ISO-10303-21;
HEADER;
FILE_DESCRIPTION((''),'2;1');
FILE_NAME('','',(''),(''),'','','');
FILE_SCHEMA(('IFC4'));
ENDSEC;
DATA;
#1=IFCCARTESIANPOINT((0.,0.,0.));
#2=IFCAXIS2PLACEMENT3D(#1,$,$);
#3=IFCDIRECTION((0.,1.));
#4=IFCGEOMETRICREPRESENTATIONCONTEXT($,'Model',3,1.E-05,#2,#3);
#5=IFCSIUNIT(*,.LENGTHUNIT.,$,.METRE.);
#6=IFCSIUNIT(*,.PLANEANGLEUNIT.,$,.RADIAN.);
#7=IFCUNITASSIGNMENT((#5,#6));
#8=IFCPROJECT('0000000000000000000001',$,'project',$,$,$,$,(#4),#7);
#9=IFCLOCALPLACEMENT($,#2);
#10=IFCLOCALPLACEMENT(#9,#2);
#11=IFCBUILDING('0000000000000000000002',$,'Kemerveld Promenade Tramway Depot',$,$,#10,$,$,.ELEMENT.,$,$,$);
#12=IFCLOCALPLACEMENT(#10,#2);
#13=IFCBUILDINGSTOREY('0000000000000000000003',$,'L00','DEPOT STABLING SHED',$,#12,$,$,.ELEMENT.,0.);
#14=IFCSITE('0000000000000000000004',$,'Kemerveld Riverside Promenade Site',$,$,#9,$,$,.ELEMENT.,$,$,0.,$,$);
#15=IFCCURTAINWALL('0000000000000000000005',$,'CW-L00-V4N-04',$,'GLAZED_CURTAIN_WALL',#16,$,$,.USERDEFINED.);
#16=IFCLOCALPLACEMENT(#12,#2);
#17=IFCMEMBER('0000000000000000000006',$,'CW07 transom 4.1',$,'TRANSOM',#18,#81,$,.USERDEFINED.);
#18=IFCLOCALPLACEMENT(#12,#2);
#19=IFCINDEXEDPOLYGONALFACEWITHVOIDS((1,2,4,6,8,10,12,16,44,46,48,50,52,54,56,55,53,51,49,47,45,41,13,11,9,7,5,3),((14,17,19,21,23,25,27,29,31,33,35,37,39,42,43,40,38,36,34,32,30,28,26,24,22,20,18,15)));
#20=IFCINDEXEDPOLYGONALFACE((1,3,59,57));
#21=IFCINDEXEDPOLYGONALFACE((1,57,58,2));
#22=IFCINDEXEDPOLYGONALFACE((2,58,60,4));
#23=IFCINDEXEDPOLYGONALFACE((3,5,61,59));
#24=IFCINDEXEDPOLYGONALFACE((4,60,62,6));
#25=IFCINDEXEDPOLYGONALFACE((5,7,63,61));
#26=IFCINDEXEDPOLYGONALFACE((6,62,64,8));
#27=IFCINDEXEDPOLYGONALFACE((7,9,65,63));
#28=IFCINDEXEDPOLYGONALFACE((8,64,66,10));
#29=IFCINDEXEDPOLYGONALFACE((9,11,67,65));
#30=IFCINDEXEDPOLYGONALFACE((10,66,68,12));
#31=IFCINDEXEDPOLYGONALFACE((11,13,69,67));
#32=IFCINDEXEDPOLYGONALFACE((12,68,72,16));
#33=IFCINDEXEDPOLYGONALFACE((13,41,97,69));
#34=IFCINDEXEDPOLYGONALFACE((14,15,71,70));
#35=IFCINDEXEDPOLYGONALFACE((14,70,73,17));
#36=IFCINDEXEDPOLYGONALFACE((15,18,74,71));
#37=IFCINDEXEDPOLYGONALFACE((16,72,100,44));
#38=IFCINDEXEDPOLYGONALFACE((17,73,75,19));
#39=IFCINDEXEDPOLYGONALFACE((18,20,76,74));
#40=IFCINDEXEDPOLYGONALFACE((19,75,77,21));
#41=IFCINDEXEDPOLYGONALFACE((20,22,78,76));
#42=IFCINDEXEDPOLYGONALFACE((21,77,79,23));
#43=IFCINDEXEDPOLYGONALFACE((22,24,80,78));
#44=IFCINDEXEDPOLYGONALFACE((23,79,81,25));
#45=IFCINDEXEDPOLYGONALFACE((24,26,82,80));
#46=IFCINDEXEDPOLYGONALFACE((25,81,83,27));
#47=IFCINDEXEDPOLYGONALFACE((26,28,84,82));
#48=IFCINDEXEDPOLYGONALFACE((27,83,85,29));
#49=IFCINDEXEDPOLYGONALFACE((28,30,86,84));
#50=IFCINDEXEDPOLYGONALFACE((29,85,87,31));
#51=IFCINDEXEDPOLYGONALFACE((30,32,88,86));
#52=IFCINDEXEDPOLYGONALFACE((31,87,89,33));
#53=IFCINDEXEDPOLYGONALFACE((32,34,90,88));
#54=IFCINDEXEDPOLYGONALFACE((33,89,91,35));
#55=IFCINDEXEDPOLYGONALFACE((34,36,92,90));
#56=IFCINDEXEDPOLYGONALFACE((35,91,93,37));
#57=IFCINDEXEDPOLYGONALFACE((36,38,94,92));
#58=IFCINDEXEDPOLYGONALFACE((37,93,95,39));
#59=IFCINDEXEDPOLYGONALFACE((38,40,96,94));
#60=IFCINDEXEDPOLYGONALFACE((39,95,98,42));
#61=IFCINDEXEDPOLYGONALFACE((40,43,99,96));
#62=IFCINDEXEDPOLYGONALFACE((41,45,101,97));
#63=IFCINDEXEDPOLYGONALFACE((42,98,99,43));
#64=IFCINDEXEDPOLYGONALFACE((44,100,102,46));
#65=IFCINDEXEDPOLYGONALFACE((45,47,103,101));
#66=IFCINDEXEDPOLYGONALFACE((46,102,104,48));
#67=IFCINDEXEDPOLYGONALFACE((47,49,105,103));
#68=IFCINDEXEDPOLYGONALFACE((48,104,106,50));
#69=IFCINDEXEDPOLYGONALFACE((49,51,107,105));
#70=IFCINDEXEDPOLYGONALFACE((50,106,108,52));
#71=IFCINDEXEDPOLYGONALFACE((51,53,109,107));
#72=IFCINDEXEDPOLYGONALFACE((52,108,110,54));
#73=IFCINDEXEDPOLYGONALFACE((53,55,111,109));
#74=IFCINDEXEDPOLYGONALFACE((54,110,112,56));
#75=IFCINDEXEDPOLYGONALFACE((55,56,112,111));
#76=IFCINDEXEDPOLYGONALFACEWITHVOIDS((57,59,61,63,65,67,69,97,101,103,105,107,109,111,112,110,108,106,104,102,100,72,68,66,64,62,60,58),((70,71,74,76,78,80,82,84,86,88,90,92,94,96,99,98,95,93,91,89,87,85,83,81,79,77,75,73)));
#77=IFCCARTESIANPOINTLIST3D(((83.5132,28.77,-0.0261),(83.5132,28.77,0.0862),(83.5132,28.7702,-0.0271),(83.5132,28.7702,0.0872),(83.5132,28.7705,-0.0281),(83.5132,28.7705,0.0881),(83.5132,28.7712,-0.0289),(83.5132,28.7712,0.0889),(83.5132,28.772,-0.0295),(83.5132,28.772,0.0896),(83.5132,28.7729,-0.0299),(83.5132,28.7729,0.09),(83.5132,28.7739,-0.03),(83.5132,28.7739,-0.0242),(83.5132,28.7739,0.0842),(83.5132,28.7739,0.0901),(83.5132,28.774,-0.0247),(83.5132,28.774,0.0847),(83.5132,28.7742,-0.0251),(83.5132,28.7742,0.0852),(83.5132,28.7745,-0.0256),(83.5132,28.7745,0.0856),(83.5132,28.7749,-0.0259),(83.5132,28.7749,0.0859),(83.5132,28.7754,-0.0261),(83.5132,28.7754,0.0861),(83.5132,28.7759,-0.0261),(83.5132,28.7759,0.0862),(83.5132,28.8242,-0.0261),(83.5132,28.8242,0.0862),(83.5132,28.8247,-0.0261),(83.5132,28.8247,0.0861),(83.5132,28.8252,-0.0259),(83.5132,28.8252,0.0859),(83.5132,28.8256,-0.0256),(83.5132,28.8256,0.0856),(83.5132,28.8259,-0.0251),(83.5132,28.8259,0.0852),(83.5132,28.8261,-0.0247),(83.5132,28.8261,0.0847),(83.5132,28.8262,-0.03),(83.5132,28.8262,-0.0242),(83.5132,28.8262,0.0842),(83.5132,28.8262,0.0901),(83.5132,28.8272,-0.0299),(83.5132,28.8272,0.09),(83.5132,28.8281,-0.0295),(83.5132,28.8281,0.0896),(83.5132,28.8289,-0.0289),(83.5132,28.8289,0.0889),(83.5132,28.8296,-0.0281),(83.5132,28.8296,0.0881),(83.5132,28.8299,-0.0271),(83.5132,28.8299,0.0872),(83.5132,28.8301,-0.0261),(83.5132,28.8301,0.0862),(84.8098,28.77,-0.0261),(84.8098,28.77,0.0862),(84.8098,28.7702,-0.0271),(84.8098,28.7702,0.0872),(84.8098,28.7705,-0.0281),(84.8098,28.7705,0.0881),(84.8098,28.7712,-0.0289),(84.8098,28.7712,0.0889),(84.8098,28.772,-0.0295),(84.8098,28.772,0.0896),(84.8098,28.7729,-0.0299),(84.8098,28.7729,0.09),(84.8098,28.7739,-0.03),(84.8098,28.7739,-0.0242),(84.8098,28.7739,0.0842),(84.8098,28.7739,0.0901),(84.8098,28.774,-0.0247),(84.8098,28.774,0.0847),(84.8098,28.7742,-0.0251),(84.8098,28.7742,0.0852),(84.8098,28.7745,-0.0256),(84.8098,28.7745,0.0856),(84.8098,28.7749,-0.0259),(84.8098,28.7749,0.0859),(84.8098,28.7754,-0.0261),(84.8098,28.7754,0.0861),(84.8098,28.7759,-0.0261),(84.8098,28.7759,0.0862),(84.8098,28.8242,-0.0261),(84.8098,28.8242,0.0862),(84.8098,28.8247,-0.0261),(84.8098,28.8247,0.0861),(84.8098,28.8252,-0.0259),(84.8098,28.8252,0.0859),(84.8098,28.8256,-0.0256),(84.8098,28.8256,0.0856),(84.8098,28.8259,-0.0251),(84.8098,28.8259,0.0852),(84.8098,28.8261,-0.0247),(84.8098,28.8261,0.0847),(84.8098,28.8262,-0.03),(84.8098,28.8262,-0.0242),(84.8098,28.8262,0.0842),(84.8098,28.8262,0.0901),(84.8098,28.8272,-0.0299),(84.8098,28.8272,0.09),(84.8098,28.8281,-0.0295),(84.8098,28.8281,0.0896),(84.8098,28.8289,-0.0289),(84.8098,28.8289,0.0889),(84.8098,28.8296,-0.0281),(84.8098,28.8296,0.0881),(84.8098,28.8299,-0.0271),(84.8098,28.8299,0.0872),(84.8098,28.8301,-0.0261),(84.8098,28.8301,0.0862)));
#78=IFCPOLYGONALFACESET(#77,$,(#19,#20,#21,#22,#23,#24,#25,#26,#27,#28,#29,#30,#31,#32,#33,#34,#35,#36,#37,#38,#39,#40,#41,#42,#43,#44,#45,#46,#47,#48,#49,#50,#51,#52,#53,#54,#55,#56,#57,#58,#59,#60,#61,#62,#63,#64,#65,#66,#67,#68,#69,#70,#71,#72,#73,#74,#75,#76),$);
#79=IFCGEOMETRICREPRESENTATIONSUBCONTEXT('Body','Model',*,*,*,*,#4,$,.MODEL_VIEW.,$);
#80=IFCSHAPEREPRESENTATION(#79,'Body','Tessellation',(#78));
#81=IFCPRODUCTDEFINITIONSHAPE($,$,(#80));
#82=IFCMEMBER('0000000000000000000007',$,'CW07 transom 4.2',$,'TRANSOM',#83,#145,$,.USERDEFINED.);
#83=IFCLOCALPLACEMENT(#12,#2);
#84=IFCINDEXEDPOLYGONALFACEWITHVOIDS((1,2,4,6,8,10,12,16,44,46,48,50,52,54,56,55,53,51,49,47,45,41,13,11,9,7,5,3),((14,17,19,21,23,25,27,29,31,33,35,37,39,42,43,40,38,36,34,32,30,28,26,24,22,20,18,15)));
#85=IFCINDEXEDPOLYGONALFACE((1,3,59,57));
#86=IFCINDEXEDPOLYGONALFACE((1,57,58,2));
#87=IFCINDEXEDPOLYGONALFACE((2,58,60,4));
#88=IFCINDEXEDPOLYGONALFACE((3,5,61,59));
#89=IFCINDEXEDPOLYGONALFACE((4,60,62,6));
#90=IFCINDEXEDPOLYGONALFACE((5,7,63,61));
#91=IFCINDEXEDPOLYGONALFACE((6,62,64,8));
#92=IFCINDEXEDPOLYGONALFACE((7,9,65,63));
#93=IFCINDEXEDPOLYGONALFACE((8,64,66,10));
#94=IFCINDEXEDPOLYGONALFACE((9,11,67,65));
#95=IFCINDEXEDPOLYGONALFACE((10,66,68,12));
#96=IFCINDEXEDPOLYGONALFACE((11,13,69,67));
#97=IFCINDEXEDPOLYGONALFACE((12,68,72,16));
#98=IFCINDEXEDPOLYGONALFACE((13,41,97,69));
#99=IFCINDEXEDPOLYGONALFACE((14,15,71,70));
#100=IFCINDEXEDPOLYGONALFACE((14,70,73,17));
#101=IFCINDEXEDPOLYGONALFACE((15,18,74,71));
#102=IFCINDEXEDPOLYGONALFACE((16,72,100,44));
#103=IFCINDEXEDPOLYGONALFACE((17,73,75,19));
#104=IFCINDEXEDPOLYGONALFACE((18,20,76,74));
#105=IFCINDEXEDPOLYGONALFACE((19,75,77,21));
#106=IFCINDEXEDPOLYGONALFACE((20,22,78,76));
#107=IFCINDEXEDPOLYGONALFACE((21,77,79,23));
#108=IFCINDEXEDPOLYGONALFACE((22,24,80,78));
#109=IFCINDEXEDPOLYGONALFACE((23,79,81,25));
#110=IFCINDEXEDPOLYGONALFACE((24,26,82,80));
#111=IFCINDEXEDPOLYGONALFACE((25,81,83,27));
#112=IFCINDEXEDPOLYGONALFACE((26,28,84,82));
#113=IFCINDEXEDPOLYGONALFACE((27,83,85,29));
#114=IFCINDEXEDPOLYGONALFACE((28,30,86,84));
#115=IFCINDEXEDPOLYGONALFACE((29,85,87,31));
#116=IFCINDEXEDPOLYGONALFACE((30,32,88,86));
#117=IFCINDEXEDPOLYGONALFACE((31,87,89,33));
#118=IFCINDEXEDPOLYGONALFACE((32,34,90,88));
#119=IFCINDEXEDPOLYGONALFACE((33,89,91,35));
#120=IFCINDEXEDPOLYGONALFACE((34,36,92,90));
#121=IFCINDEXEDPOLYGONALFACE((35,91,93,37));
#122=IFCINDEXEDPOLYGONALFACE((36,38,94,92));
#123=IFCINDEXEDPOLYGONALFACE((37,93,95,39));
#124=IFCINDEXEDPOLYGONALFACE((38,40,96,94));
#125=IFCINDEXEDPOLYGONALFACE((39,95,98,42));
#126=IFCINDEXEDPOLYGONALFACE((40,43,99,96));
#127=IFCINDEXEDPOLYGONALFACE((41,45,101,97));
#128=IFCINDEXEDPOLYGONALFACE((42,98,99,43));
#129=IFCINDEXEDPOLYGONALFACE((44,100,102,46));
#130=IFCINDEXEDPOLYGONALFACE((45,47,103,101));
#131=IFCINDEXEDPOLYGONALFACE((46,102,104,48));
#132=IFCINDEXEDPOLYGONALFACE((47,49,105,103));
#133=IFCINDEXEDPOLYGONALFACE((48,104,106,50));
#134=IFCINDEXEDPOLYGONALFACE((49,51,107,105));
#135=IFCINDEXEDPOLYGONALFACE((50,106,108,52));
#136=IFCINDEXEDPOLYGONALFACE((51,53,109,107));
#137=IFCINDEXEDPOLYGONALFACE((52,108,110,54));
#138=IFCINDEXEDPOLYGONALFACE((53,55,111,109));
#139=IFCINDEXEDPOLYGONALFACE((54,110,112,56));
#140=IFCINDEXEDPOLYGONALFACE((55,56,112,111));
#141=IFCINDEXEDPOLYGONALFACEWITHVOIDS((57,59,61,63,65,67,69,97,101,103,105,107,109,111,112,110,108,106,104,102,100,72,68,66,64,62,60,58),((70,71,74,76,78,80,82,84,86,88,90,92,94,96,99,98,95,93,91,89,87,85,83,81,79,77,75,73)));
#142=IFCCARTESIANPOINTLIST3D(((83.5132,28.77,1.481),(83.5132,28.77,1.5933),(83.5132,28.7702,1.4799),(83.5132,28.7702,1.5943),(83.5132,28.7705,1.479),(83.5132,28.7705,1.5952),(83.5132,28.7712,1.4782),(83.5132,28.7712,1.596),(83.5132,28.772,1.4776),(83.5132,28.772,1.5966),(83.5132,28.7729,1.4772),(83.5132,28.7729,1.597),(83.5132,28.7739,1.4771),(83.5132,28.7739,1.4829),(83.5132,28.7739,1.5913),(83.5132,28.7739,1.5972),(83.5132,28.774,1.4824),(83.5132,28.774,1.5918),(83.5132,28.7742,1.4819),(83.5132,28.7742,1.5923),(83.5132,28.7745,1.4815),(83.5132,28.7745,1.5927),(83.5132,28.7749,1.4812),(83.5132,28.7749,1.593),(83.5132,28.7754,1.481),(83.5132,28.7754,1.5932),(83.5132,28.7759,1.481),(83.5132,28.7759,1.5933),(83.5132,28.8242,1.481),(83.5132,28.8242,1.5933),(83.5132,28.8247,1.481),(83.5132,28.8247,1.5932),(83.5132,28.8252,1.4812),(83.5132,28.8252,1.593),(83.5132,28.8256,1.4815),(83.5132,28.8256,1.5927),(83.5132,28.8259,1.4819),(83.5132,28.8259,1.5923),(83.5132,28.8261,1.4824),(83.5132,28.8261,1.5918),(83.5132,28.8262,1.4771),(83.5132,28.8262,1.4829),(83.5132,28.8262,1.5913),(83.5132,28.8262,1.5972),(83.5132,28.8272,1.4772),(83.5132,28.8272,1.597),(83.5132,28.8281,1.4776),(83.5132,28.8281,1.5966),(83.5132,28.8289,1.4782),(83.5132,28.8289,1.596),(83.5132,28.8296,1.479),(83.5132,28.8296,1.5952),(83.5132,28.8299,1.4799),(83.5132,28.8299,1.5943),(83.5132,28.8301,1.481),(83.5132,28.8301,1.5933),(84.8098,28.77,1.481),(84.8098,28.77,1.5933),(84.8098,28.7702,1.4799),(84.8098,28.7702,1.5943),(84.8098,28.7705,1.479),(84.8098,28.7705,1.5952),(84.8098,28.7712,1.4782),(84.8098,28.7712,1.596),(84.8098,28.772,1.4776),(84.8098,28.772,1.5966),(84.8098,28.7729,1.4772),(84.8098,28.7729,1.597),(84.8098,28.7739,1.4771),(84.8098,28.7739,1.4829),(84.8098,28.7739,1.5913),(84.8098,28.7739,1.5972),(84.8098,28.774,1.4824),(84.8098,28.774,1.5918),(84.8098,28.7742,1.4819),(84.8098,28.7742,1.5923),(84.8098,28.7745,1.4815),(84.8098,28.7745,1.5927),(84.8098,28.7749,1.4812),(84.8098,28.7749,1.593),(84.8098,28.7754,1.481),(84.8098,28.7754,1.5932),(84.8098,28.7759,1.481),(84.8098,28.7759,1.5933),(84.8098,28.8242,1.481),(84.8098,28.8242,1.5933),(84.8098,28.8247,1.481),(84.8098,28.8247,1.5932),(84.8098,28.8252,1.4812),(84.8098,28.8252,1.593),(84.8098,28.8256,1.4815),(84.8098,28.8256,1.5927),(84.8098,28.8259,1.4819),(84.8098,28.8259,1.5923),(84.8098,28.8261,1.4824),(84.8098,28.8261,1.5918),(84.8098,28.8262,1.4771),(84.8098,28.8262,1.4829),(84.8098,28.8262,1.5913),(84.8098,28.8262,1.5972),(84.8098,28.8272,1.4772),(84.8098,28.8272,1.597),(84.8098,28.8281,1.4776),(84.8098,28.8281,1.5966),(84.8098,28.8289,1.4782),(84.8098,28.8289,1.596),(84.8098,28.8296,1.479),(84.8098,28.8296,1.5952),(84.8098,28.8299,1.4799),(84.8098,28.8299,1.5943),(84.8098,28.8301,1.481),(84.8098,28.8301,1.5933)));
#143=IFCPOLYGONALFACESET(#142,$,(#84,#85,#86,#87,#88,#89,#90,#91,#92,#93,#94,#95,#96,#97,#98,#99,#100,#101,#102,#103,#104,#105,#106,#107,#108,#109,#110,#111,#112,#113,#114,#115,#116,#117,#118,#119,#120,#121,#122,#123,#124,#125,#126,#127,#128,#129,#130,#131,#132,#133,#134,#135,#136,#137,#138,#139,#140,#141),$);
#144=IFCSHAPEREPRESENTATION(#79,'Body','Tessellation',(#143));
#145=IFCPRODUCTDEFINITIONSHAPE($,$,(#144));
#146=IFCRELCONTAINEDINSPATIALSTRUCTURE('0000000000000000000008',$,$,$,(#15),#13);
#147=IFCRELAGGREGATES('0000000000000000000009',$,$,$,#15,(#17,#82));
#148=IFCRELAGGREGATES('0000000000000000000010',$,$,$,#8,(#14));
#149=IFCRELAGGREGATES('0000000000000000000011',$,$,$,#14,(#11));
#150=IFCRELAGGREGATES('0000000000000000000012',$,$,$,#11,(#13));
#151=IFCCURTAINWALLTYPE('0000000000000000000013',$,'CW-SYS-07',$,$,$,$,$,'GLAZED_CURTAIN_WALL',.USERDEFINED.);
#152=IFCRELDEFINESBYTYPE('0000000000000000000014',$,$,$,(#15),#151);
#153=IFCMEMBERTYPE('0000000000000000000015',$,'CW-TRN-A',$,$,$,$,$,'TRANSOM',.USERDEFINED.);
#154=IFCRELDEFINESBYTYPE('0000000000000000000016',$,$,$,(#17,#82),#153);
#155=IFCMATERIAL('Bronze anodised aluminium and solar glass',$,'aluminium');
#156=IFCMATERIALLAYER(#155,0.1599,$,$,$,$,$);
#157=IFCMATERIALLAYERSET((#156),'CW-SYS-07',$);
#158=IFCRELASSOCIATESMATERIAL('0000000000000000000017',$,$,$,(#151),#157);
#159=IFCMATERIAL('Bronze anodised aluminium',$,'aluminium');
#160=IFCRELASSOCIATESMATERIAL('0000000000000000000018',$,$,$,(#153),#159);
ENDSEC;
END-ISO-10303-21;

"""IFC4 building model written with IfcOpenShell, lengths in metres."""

from ifc_helpers import new_model, si_unit, direction, frame, origin, origin_2d, place, context, subcontext, project, spatial, hollow_rectangle, extrude, material, layer, layer_set, material_profile, profile_set, type_object, element, aggregate, save


model = new_model("IFC4")

# Units and contexts
model_context = context("Model", 3, precision=1e-05, world=origin(), true_north=direction((0.0, 1.0)))
body_context = subcontext(model_context, "Body", "Model", "MODEL_VIEW")
ifc_project = project(units=[si_unit("LENGTHUNIT", "METRE"), si_unit("PLANEANGLEUNIT", "RADIAN")], contexts=[model_context])

# Site, building, storey
site_placement = place(None, origin())
site = spatial("IfcSite", under=ifc_project, at=site_placement, Name="Kemerveld Riverside Promenade Site", CompositionType="ELEMENT", RefElevation=0.0)
building_placement = place(site_placement, origin())
building = spatial("IfcBuilding", under=site, at=building_placement, Name="Kemerveld Promenade Tramway Depot", CompositionType="ELEMENT")
storey_placement = place(building_placement, origin())
storey = spatial("IfcBuildingStorey", under=building, at=storey_placement, Name="L00", Description="DEPOT STABLING SHED", CompositionType="ELEMENT", Elevation=0.0)

# Curtain wall, members
ifc_material_1 = material(Name="Bronze anodised aluminium and solar glass", Category="aluminium")
ifc_layer_1 = layer(ifc_material_1, 0.1599)
ifc_layer_set_1 = layer_set([ifc_layer_1], Name="CW-SYS-07")
curtain_wall_type = type_object("IfcCurtainWallType", Name="CW-SYS-07", ElementType="GLAZED_CURTAIN_WALL", PredefinedType="USERDEFINED", material=ifc_layer_set_1)
curtain_wall_placement = place(storey_placement, origin())
curtain_wall = element("IfcCurtainWall", 1, at=curtain_wall_placement, inside=storey, type_object=curtain_wall_type, Name="CW-L00-V4N-04", ObjectType="GLAZED_CURTAIN_WALL", PredefinedType="USERDEFINED")
ifc_material_2 = material(Name="Bronze anodised aluminium", Category="aluminium")
ifc_material_profile_1 = material_profile(ifc_material_2, hollow_rectangle(XDim=0.0601, YDim=0.1201, WallThickness=0.0039, InnerFilletRadius=0.002, OuterFilletRadius=0.0039, at=origin_2d()), Name="CW-TRN-120x60")
ifc_profile_set_1 = profile_set([ifc_material_profile_1], Name="Bronze anodised aluminium")
member_type_1 = type_object("IfcMemberType", Name="CW-TRN-A", ElementType="TRANSOM", PredefinedType="USERDEFINED", material=ifc_profile_set_1)
member_1_placement = place(storey_placement, frame((83.5132, 28.8, 0.03), z_axis=(1.0, 0.0, 0.0), x_axis=(0.0, 1.0, 0.0)))
member_1 = element("IfcMember", 2, at=member_1_placement, type_object=member_type_1, Name="CW07 transom 4.1", ObjectType="TRANSOM", PredefinedType="USERDEFINED", context=body_context, shape_type="SweptSolid", body=[
    extrude(hollow_rectangle(XDim=0.0601, YDim=0.1201, WallThickness=0.0039, InnerFilletRadius=0.002, OuterFilletRadius=0.0039, at=origin_2d()), origin(), (0.0, 0.0, 1.0), 1.2966),
])
member_2_placement = place(storey_placement, frame((83.5132, 28.8, 1.5371), z_axis=(1.0, 0.0, 0.0), x_axis=(0.0, 1.0, 0.0)))
member_2 = element("IfcMember", 3, at=member_2_placement, type_object=member_type_1, Name="CW07 transom 4.2", ObjectType="TRANSOM", PredefinedType="USERDEFINED", context=body_context, shape_type="SweptSolid", body=[
    extrude(hollow_rectangle(XDim=0.0601, YDim=0.1201, WallThickness=0.0039, InnerFilletRadius=0.002, OuterFilletRadius=0.0039, at=origin_2d()), origin(), (0.0, 0.0, 1.0), 1.2966),
])
aggregate(curtain_wall, [member_1, member_2])

save(model, "model.ifc")
